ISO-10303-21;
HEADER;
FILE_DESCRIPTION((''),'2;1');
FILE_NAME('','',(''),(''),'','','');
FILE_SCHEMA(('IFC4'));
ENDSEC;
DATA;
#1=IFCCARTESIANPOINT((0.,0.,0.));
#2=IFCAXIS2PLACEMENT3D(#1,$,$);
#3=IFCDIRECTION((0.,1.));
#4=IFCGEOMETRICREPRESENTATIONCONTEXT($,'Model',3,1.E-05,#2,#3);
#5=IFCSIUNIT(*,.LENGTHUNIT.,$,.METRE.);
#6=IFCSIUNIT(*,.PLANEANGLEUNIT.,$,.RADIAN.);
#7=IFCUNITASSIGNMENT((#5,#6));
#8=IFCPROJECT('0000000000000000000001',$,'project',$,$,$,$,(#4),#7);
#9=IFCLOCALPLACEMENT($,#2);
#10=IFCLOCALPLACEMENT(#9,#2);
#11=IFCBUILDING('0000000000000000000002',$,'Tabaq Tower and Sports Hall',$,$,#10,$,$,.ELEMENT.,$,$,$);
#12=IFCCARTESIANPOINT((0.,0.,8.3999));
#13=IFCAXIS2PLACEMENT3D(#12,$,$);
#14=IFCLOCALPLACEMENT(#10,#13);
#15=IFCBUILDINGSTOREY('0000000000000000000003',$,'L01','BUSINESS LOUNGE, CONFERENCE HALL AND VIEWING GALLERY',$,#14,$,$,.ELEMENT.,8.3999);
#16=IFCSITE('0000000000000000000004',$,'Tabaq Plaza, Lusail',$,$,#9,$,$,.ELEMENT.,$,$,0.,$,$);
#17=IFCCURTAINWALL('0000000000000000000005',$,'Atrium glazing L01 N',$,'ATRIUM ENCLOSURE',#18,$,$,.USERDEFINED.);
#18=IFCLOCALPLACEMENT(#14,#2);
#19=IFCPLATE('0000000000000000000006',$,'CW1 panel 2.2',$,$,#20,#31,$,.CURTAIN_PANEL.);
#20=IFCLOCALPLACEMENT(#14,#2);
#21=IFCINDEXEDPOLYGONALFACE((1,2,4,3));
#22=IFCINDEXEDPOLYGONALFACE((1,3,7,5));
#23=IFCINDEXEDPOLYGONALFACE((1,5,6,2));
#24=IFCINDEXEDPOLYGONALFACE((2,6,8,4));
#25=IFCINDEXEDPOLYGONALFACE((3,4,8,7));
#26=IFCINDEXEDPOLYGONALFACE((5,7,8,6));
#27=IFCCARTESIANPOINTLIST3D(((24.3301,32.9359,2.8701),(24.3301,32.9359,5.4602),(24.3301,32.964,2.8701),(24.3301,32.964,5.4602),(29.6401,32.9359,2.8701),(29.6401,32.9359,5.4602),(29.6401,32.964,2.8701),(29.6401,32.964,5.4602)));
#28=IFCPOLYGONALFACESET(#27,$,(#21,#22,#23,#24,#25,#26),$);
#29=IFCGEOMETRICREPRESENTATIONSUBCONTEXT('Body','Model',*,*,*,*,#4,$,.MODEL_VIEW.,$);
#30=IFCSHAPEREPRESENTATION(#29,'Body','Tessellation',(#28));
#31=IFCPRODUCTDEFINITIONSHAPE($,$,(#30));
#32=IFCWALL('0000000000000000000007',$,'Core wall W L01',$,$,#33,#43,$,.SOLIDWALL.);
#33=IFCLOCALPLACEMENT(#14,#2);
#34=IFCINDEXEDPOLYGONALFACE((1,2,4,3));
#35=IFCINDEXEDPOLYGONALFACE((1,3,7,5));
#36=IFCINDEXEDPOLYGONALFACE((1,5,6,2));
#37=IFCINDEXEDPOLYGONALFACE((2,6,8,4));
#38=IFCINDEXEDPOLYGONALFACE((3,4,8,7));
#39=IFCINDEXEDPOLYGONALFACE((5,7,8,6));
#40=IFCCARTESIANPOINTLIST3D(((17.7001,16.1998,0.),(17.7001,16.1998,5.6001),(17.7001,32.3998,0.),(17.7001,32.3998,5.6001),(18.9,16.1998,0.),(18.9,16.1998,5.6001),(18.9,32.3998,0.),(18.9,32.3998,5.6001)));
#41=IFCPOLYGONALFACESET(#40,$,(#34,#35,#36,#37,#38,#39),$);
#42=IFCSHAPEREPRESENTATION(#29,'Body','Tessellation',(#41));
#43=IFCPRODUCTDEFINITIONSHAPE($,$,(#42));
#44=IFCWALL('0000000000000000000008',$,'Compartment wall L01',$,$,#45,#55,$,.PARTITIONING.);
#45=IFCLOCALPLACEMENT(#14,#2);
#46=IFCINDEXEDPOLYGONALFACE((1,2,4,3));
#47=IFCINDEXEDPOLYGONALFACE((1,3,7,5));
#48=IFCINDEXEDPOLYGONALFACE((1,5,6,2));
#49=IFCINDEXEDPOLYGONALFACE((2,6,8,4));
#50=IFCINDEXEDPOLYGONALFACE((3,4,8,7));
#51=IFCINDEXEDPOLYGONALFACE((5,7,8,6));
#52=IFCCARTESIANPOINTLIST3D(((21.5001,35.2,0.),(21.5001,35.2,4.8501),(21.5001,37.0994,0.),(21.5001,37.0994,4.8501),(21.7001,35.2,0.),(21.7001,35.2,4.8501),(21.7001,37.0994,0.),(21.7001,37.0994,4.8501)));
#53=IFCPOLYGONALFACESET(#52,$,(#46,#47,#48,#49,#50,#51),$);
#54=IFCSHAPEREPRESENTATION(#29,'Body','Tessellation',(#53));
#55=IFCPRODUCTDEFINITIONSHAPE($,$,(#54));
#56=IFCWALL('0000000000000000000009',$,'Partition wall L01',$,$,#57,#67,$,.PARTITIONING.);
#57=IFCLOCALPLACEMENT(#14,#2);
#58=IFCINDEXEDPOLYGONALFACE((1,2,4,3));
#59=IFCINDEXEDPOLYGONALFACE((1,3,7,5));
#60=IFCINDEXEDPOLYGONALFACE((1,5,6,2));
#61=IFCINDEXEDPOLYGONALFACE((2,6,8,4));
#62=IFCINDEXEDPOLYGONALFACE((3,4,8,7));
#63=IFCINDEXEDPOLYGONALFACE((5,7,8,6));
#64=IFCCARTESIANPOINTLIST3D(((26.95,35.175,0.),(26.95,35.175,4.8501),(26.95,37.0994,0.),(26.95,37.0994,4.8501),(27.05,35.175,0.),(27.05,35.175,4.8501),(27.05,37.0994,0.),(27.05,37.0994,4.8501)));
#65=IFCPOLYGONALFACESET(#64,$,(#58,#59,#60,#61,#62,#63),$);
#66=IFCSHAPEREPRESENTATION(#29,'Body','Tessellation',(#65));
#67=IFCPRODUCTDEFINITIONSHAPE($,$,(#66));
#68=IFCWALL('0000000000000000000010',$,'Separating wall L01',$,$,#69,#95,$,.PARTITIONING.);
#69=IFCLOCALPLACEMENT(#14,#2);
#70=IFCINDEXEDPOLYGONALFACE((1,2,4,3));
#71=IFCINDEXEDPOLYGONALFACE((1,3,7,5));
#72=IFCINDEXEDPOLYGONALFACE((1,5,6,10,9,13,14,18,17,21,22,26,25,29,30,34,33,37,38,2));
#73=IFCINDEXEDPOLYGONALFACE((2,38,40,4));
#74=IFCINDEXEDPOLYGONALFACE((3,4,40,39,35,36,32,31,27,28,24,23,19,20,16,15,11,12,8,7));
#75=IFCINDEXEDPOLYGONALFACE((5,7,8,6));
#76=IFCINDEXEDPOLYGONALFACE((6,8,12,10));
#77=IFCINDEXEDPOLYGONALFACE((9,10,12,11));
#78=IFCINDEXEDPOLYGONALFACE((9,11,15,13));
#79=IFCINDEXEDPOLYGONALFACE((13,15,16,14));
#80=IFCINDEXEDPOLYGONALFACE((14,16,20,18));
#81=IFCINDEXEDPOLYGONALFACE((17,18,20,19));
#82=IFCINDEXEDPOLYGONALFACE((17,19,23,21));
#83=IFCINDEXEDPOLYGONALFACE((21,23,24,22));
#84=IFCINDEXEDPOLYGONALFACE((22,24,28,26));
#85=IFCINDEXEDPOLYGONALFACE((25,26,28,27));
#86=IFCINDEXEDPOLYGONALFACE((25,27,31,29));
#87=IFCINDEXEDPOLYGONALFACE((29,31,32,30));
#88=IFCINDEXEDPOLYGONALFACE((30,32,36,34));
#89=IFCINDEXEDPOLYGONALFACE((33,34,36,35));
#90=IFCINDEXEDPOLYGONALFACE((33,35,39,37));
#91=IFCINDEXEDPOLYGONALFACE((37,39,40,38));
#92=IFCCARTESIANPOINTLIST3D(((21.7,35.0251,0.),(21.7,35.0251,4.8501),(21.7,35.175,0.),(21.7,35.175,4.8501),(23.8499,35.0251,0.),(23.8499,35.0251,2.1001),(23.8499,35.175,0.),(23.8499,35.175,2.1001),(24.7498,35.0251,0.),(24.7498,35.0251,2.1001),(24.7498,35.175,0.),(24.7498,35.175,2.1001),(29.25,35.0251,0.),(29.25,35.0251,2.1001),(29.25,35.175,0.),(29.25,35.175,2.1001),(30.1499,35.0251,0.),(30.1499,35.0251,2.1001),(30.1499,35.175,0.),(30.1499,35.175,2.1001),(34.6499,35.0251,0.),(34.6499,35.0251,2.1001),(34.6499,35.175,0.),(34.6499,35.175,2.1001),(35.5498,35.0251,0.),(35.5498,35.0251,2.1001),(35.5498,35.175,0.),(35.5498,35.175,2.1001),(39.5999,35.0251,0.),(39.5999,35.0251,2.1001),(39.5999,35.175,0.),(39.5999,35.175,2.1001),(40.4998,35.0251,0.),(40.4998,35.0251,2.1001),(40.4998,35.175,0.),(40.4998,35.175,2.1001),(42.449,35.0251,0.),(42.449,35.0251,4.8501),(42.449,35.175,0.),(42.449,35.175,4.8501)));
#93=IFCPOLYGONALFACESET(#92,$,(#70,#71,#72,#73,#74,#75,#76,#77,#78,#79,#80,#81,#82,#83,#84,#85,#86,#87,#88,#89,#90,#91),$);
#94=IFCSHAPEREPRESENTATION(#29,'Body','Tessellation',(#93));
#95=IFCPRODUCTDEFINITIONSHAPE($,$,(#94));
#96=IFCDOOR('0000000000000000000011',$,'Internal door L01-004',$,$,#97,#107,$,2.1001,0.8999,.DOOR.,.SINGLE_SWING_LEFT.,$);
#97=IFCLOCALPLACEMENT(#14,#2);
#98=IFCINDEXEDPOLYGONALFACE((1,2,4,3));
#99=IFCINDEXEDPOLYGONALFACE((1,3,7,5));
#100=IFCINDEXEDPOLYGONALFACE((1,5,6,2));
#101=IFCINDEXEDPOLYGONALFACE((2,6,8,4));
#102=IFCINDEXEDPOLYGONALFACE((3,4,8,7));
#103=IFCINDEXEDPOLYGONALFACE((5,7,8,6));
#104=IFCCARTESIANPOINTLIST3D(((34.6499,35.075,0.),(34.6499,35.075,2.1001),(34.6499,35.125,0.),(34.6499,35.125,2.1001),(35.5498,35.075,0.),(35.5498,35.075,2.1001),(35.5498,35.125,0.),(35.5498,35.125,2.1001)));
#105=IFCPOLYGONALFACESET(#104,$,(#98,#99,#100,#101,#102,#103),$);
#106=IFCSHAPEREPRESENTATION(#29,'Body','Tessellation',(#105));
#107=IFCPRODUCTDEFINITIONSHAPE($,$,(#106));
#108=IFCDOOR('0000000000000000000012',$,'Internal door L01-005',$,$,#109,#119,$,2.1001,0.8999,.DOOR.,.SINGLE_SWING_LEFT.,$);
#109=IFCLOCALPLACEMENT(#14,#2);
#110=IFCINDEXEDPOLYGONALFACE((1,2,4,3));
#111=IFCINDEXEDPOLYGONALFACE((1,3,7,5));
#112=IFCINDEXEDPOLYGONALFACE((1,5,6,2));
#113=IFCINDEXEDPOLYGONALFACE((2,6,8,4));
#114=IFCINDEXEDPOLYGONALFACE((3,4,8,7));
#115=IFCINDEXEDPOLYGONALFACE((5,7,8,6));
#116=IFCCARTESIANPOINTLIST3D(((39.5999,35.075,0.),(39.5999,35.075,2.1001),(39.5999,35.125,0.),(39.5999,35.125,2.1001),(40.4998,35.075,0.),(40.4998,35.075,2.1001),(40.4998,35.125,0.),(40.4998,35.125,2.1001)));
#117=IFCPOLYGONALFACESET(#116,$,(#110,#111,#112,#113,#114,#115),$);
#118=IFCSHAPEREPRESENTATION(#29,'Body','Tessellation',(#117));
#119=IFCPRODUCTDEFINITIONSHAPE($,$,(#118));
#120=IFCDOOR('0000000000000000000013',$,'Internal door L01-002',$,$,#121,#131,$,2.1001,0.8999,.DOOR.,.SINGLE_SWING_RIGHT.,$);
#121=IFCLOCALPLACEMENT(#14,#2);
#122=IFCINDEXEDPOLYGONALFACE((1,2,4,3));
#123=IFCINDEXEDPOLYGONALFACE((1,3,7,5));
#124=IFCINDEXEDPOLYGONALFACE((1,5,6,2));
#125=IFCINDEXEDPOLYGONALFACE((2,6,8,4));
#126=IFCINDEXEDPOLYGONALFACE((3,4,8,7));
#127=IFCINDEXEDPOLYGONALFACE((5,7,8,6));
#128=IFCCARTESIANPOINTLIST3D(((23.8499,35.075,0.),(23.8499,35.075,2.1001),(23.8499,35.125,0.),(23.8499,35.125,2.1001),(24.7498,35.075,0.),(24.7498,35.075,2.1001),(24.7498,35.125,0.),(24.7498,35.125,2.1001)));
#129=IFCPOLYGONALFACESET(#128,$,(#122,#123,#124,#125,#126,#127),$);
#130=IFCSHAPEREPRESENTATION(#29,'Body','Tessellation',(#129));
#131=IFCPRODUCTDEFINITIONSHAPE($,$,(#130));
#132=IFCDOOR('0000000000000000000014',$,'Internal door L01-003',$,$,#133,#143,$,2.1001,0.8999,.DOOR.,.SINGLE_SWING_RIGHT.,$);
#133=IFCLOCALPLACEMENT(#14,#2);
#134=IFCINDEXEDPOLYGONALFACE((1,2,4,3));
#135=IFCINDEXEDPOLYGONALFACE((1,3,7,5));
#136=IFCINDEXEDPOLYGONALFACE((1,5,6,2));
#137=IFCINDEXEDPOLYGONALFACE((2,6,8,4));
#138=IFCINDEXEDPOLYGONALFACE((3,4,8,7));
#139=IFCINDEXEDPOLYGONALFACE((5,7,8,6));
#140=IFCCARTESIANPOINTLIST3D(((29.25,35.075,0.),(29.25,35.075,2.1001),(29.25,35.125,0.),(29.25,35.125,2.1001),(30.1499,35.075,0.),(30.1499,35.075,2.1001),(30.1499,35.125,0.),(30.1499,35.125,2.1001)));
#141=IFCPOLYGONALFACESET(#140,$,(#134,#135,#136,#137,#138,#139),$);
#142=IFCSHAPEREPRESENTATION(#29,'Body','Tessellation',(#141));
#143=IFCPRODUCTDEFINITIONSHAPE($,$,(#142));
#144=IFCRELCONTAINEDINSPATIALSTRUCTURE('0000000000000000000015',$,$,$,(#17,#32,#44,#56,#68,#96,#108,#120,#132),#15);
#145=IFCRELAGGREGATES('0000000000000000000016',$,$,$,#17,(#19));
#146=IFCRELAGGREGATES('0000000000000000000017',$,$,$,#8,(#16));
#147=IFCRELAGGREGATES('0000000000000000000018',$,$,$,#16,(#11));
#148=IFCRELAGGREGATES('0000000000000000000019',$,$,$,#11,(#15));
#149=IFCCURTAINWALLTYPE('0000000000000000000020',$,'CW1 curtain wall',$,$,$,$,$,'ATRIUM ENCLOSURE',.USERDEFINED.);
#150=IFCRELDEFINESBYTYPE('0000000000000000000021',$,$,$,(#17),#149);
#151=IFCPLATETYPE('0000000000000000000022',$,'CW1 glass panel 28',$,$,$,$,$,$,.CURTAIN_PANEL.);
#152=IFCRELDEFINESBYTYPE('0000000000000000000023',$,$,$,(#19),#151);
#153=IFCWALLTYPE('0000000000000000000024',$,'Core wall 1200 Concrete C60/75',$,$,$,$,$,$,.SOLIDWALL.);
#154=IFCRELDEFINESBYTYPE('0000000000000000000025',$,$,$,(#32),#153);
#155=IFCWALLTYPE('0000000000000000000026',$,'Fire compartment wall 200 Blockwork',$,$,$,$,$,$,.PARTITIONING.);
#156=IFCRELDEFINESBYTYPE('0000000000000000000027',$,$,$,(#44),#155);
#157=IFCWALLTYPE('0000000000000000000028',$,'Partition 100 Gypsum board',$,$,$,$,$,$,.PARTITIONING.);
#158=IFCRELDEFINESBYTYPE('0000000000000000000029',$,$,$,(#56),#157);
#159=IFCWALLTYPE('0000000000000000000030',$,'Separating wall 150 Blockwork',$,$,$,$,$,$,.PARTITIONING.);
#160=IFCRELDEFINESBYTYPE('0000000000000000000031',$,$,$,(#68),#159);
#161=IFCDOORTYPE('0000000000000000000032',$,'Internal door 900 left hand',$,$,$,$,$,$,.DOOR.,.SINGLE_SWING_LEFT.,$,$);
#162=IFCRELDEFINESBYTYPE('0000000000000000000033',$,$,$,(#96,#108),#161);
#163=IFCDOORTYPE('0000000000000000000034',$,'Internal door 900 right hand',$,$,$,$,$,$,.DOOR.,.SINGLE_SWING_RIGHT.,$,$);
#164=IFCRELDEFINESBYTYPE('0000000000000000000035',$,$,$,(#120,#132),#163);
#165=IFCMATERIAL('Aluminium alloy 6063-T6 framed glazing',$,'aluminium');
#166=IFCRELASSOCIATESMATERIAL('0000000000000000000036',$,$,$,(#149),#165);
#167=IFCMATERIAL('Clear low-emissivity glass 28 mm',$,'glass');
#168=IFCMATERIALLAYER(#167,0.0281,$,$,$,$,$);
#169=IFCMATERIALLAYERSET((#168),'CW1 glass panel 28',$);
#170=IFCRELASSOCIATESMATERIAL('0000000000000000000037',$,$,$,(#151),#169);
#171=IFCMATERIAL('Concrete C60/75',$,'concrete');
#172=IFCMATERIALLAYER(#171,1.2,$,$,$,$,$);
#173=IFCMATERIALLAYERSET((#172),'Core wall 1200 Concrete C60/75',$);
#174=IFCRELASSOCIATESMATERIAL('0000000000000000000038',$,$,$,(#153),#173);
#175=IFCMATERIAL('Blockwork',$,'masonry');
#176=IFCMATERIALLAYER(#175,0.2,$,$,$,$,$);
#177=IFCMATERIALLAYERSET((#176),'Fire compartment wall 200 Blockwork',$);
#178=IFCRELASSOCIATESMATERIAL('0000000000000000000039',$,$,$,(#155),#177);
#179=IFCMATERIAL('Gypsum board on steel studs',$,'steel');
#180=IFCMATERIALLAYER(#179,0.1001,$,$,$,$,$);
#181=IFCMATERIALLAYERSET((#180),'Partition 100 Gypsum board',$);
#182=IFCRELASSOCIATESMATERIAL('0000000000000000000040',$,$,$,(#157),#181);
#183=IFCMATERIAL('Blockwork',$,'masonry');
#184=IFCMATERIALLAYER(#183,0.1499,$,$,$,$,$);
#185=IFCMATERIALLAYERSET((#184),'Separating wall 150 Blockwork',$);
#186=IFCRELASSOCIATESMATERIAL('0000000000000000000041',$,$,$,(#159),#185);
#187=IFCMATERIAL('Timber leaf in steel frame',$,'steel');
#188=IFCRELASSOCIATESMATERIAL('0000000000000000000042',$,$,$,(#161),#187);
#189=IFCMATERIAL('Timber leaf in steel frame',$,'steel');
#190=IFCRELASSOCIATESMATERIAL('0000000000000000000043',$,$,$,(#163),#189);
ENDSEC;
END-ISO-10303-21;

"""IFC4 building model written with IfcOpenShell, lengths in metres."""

from ifc_helpers import new_model, si_unit, direction, frame, frame_2d, origin, origin_2d, place, context, subcontext, project, spatial, rectangle, extrude, material, layer, layer_set, type_object, element, fill, aggregate, save


model = new_model("IFC4")

# Units and contexts
model_context = context("Model", 3, precision=1e-05, world=origin(), true_north=direction((0.0, 1.0)))
body_context = subcontext(model_context, "Body", "Model", "MODEL_VIEW")
ifc_project = project(units=[si_unit("LENGTHUNIT", "METRE"), si_unit("PLANEANGLEUNIT", "RADIAN")], contexts=[model_context])

# Site, building, storey
site_placement = place(None, origin())
site = spatial("IfcSite", under=ifc_project, at=site_placement, Name="Tabaq Plaza, Lusail", CompositionType="ELEMENT", RefElevation=0.0)
building_placement = place(site_placement, origin())
building = spatial("IfcBuilding", under=site, at=building_placement, Name="Tabaq Tower and Sports Hall", CompositionType="ELEMENT")
storey_placement = place(building_placement, frame((0.0, 0.0, 8.3999)))
storey = spatial("IfcBuildingStorey", under=building, at=storey_placement, Name="L01", Description="BUSINESS LOUNGE, CONFERENCE HALL AND VIEWING GALLERY", CompositionType="ELEMENT", Elevation=8.3999)

# Curtain wall, plate
ifc_material_1 = material(Name="Aluminium alloy 6063-T6 framed glazing", Category="aluminium")
curtain_wall_type = type_object("IfcCurtainWallType", Name="CW1 curtain wall", ElementType="ATRIUM ENCLOSURE", PredefinedType="USERDEFINED", material=ifc_material_1)
curtain_wall_placement = place(storey_placement, origin())
curtain_wall = element("IfcCurtainWall", 1, at=curtain_wall_placement, inside=storey, type_object=curtain_wall_type, Name="Atrium glazing L01 N", ObjectType="ATRIUM ENCLOSURE", PredefinedType="USERDEFINED")
ifc_material_2 = material(Name="Clear low-emissivity glass 28 mm", Category="glass")
ifc_layer_1 = layer(ifc_material_2, 0.0281)
ifc_layer_set_1 = layer_set([ifc_layer_1], Name="CW1 glass panel 28")
plate_type = type_object("IfcPlateType", Name="CW1 glass panel 28", PredefinedType="CURTAIN_PANEL", material=ifc_layer_set_1)
plate_1_placement = place(storey_placement, frame((26.9851, 32.95, 2.8701), z_axis=(0.0, 0.0, 1.0), x_axis=(1.0, 0.0, 0.0)))
plate_1 = element("IfcPlate", 2, at=plate_1_placement, type_object=plate_type, Name="CW1 panel 2.2", PredefinedType="CURTAIN_PANEL", context=body_context, shape_type="SweptSolid", body=[
    extrude(rectangle(XDim=5.3101, YDim=0.0281, at=origin_2d()), origin(), (0.0, 0.0, 1.0), 2.5901),
])
aggregate(curtain_wall, [plate_1])

# Walls
ifc_material_3 = material(Name="Concrete C60/75", Category="concrete")
ifc_layer_2 = layer(ifc_material_3, 1.2)
ifc_layer_set_2 = layer_set([ifc_layer_2], Name="Core wall 1200 Concrete C60/75")
wall_type_1 = type_object("IfcWallType", Name="Core wall 1200 Concrete C60/75", PredefinedType="SOLIDWALL", material=ifc_layer_set_2)
wall_1_placement = place(storey_placement, frame((18.3, 32.3999, 0.0), z_axis=(0.0, 0.0, 1.0), x_axis=(0.0, -1.0, 0.0)))
element("IfcWall", 3, at=wall_1_placement, inside=storey, type_object=wall_type_1, Name="Core wall W L01", PredefinedType="SOLIDWALL", context=body_context, shape_type="SweptSolid", body=[
    extrude(rectangle(XDim=16.2, YDim=1.2, at=frame_2d((8.1001, 0.0))), origin(), (0.0, 0.0, 1.0), 5.6001),
])
ifc_material_4 = material(Name="Blockwork", Category="masonry")
ifc_layer_3 = layer(ifc_material_4, 0.2)
ifc_layer_set_3 = layer_set([ifc_layer_3], Name="Fire compartment wall 200 Blockwork")
wall_type_2 = type_object("IfcWallType", Name="Fire compartment wall 200 Blockwork", PredefinedType="PARTITIONING", material=ifc_layer_set_3)
wall_2_placement = place(storey_placement, frame((21.6001, 35.2, 0.0), z_axis=(0.0, 0.0, 1.0), x_axis=(0.0, 1.0, 0.0)))
element("IfcWall", 4, at=wall_2_placement, inside=storey, type_object=wall_type_2, Name="Compartment wall L01", PredefinedType="PARTITIONING", context=body_context, shape_type="SweptSolid", body=[
    extrude(rectangle(XDim=1.8994, YDim=0.2, at=frame_2d((0.9497, 0.0))), origin(), (0.0, 0.0, 1.0), 4.8501),
])
ifc_material_5 = material(Name="Gypsum board on steel studs", Category="steel")
ifc_layer_4 = layer(ifc_material_5, 0.1001)
ifc_layer_set_4 = layer_set([ifc_layer_4], Name="Partition 100 Gypsum board")
wall_type_3 = type_object("IfcWallType", Name="Partition 100 Gypsum board", PredefinedType="PARTITIONING", material=ifc_layer_set_4)
wall_3_placement = place(storey_placement, frame((27.0, 35.175, 0.0), z_axis=(0.0, 0.0, 1.0), x_axis=(0.0, 1.0, 0.0)))
element("IfcWall", 5, at=wall_3_placement, inside=storey, type_object=wall_type_3, Name="Partition wall L01", PredefinedType="PARTITIONING", context=body_context, shape_type="SweptSolid", body=[
    extrude(rectangle(XDim=1.9243, YDim=0.1001, at=frame_2d((0.9622, 0.0))), origin(), (0.0, 0.0, 1.0), 4.8501),
])

# Wall, openings, doors
ifc_material_6 = material(Name="Blockwork", Category="masonry")
ifc_layer_5 = layer(ifc_material_6, 0.1499)
ifc_layer_set_5 = layer_set([ifc_layer_5], Name="Separating wall 150 Blockwork")
wall_type_4 = type_object("IfcWallType", Name="Separating wall 150 Blockwork", PredefinedType="PARTITIONING", material=ifc_layer_set_5)
wall_4_placement = place(storey_placement, frame((21.7, 35.1001, 0.0), z_axis=(0.0, 0.0, 1.0), x_axis=(1.0, 0.0, 0.0)))
wall_4 = element("IfcWall", 6, at=wall_4_placement, inside=storey, type_object=wall_type_4, Name="Separating wall L01", PredefinedType="PARTITIONING", context=body_context, shape_type="SweptSolid", body=[
    extrude(rectangle(XDim=20.749, YDim=0.1499, at=frame_2d((10.3745, 0.0))), origin(), (0.0, 0.0, 1.0), 4.8501),
])
opening_1_placement = place(wall_4_placement, frame((2.1499, 0.0, 0.0)))
opening_1 = element("IfcOpeningElement", 7, at=opening_1_placement, cuts=wall_4, PredefinedType="OPENING", context=body_context, shape_type="SweptSolid", body=[
    extrude(rectangle(XDim=0.8999, YDim=2.1001, at=frame_2d((0.45, 1.05))), frame((0.0, 0.075, 0.0), z_axis=(0.0, -1.0, 0.0), x_axis=(1.0, 0.0, 0.0)), (0.0, 0.0, 1.0), 0.1499),
])
opening_2_placement = place(wall_4_placement, frame((7.55, 0.0, 0.0)))
opening_2 = element("IfcOpeningElement", 8, at=opening_2_placement, cuts=wall_4, PredefinedType="OPENING", context=body_context, shape_type="SweptSolid", body=[
    extrude(rectangle(XDim=0.8999, YDim=2.1001, at=frame_2d((0.45, 1.05))), frame((0.0, 0.075, 0.0), z_axis=(0.0, -1.0, 0.0), x_axis=(1.0, 0.0, 0.0)), (0.0, 0.0, 1.0), 0.1499),
])
opening_3_placement = place(wall_4_placement, frame((12.95, 0.0, 0.0)))
opening_3 = element("IfcOpeningElement", 9, at=opening_3_placement, cuts=wall_4, PredefinedType="OPENING", context=body_context, shape_type="SweptSolid", body=[
    extrude(rectangle(XDim=0.8999, YDim=2.1001, at=frame_2d((0.45, 1.05))), frame((0.0, 0.075, 0.0), z_axis=(0.0, -1.0, 0.0), x_axis=(1.0, 0.0, 0.0)), (0.0, 0.0, 1.0), 0.1499),
])
opening_4_placement = place(wall_4_placement, frame((17.8999, 0.0, 0.0)))
opening_4 = element("IfcOpeningElement", 10, at=opening_4_placement, cuts=wall_4, PredefinedType="OPENING", context=body_context, shape_type="SweptSolid", body=[
    extrude(rectangle(XDim=0.8999, YDim=2.1001, at=frame_2d((0.45, 1.05))), frame((0.0, 0.075, 0.0), z_axis=(0.0, -1.0, 0.0), x_axis=(1.0, 0.0, 0.0)), (0.0, 0.0, 1.0), 0.1499),
])
ifc_material_7 = material(Name="Timber leaf in steel frame", Category="steel")
door_type_1 = type_object("IfcDoorType", Name="Internal door 900 left hand", OperationType="SINGLE_SWING_LEFT", PredefinedType="DOOR", material=ifc_material_7)
door_1_placement = place(opening_3_placement, origin())
door_1 = element("IfcDoor", 11, at=door_1_placement, inside=storey, type_object=door_type_1, Name="Internal door L01-004", OperationType="SINGLE_SWING_LEFT", OverallHeight=2.1001, OverallWidth=0.8999, PredefinedType="DOOR", context=body_context, shape_type="SweptSolid", body=[
    extrude(rectangle(XDim=0.8999, YDim=2.1001, at=frame_2d((0.45, 1.05))), frame((0.0, 0.0249, 0.0), z_axis=(0.0, -1.0, 0.0), x_axis=(1.0, 0.0, 0.0)), (0.0, 0.0, 1.0), 0.05),
])
fill(opening_3, door_1)
door_2_placement = place(opening_4_placement, origin())
door_2 = element("IfcDoor", 12, at=door_2_placement, inside=storey, type_object=door_type_1, Name="Internal door L01-005", OperationType="SINGLE_SWING_LEFT", OverallHeight=2.1001, OverallWidth=0.8999, PredefinedType="DOOR", context=body_context, shape_type="SweptSolid", body=[
    extrude(rectangle(XDim=0.8999, YDim=2.1001, at=frame_2d((0.45, 1.05))), frame((0.0, 0.0249, 0.0), z_axis=(0.0, -1.0, 0.0), x_axis=(1.0, 0.0, 0.0)), (0.0, 0.0, 1.0), 0.05),
])
fill(opening_4, door_2)
ifc_material_8 = material(Name="Timber leaf in steel frame", Category="steel")
door_type_2 = type_object("IfcDoorType", Name="Internal door 900 right hand", OperationType="SINGLE_SWING_RIGHT", PredefinedType="DOOR", material=ifc_material_8)
door_3_placement = place(opening_1_placement, origin())
door_3 = element("IfcDoor", 13, at=door_3_placement, inside=storey, type_object=door_type_2, Name="Internal door L01-002", OperationType="SINGLE_SWING_RIGHT", OverallHeight=2.1001, OverallWidth=0.8999, PredefinedType="DOOR", context=body_context, shape_type="SweptSolid", body=[
    extrude(rectangle(XDim=0.8999, YDim=2.1001, at=frame_2d((0.45, 1.05))), frame((0.0, 0.0249, 0.0), z_axis=(0.0, -1.0, 0.0), x_axis=(1.0, 0.0, 0.0)), (0.0, 0.0, 1.0), 0.05),
])
fill(opening_1, door_3)
door_4_placement = place(opening_2_placement, origin())
door_4 = element("IfcDoor", 14, at=door_4_placement, inside=storey, type_object=door_type_2, Name="Internal door L01-003", OperationType="SINGLE_SWING_RIGHT", OverallHeight=2.1001, OverallWidth=0.8999, PredefinedType="DOOR", context=body_context, shape_type="SweptSolid", body=[
    extrude(rectangle(XDim=0.8999, YDim=2.1001, at=frame_2d((0.45, 1.05))), frame((0.0, 0.0249, 0.0), z_axis=(0.0, -1.0, 0.0), x_axis=(1.0, 0.0, 0.0)), (0.0, 0.0, 1.0), 0.05),
])
fill(opening_2, door_4)

save(model, "model.ifc")
